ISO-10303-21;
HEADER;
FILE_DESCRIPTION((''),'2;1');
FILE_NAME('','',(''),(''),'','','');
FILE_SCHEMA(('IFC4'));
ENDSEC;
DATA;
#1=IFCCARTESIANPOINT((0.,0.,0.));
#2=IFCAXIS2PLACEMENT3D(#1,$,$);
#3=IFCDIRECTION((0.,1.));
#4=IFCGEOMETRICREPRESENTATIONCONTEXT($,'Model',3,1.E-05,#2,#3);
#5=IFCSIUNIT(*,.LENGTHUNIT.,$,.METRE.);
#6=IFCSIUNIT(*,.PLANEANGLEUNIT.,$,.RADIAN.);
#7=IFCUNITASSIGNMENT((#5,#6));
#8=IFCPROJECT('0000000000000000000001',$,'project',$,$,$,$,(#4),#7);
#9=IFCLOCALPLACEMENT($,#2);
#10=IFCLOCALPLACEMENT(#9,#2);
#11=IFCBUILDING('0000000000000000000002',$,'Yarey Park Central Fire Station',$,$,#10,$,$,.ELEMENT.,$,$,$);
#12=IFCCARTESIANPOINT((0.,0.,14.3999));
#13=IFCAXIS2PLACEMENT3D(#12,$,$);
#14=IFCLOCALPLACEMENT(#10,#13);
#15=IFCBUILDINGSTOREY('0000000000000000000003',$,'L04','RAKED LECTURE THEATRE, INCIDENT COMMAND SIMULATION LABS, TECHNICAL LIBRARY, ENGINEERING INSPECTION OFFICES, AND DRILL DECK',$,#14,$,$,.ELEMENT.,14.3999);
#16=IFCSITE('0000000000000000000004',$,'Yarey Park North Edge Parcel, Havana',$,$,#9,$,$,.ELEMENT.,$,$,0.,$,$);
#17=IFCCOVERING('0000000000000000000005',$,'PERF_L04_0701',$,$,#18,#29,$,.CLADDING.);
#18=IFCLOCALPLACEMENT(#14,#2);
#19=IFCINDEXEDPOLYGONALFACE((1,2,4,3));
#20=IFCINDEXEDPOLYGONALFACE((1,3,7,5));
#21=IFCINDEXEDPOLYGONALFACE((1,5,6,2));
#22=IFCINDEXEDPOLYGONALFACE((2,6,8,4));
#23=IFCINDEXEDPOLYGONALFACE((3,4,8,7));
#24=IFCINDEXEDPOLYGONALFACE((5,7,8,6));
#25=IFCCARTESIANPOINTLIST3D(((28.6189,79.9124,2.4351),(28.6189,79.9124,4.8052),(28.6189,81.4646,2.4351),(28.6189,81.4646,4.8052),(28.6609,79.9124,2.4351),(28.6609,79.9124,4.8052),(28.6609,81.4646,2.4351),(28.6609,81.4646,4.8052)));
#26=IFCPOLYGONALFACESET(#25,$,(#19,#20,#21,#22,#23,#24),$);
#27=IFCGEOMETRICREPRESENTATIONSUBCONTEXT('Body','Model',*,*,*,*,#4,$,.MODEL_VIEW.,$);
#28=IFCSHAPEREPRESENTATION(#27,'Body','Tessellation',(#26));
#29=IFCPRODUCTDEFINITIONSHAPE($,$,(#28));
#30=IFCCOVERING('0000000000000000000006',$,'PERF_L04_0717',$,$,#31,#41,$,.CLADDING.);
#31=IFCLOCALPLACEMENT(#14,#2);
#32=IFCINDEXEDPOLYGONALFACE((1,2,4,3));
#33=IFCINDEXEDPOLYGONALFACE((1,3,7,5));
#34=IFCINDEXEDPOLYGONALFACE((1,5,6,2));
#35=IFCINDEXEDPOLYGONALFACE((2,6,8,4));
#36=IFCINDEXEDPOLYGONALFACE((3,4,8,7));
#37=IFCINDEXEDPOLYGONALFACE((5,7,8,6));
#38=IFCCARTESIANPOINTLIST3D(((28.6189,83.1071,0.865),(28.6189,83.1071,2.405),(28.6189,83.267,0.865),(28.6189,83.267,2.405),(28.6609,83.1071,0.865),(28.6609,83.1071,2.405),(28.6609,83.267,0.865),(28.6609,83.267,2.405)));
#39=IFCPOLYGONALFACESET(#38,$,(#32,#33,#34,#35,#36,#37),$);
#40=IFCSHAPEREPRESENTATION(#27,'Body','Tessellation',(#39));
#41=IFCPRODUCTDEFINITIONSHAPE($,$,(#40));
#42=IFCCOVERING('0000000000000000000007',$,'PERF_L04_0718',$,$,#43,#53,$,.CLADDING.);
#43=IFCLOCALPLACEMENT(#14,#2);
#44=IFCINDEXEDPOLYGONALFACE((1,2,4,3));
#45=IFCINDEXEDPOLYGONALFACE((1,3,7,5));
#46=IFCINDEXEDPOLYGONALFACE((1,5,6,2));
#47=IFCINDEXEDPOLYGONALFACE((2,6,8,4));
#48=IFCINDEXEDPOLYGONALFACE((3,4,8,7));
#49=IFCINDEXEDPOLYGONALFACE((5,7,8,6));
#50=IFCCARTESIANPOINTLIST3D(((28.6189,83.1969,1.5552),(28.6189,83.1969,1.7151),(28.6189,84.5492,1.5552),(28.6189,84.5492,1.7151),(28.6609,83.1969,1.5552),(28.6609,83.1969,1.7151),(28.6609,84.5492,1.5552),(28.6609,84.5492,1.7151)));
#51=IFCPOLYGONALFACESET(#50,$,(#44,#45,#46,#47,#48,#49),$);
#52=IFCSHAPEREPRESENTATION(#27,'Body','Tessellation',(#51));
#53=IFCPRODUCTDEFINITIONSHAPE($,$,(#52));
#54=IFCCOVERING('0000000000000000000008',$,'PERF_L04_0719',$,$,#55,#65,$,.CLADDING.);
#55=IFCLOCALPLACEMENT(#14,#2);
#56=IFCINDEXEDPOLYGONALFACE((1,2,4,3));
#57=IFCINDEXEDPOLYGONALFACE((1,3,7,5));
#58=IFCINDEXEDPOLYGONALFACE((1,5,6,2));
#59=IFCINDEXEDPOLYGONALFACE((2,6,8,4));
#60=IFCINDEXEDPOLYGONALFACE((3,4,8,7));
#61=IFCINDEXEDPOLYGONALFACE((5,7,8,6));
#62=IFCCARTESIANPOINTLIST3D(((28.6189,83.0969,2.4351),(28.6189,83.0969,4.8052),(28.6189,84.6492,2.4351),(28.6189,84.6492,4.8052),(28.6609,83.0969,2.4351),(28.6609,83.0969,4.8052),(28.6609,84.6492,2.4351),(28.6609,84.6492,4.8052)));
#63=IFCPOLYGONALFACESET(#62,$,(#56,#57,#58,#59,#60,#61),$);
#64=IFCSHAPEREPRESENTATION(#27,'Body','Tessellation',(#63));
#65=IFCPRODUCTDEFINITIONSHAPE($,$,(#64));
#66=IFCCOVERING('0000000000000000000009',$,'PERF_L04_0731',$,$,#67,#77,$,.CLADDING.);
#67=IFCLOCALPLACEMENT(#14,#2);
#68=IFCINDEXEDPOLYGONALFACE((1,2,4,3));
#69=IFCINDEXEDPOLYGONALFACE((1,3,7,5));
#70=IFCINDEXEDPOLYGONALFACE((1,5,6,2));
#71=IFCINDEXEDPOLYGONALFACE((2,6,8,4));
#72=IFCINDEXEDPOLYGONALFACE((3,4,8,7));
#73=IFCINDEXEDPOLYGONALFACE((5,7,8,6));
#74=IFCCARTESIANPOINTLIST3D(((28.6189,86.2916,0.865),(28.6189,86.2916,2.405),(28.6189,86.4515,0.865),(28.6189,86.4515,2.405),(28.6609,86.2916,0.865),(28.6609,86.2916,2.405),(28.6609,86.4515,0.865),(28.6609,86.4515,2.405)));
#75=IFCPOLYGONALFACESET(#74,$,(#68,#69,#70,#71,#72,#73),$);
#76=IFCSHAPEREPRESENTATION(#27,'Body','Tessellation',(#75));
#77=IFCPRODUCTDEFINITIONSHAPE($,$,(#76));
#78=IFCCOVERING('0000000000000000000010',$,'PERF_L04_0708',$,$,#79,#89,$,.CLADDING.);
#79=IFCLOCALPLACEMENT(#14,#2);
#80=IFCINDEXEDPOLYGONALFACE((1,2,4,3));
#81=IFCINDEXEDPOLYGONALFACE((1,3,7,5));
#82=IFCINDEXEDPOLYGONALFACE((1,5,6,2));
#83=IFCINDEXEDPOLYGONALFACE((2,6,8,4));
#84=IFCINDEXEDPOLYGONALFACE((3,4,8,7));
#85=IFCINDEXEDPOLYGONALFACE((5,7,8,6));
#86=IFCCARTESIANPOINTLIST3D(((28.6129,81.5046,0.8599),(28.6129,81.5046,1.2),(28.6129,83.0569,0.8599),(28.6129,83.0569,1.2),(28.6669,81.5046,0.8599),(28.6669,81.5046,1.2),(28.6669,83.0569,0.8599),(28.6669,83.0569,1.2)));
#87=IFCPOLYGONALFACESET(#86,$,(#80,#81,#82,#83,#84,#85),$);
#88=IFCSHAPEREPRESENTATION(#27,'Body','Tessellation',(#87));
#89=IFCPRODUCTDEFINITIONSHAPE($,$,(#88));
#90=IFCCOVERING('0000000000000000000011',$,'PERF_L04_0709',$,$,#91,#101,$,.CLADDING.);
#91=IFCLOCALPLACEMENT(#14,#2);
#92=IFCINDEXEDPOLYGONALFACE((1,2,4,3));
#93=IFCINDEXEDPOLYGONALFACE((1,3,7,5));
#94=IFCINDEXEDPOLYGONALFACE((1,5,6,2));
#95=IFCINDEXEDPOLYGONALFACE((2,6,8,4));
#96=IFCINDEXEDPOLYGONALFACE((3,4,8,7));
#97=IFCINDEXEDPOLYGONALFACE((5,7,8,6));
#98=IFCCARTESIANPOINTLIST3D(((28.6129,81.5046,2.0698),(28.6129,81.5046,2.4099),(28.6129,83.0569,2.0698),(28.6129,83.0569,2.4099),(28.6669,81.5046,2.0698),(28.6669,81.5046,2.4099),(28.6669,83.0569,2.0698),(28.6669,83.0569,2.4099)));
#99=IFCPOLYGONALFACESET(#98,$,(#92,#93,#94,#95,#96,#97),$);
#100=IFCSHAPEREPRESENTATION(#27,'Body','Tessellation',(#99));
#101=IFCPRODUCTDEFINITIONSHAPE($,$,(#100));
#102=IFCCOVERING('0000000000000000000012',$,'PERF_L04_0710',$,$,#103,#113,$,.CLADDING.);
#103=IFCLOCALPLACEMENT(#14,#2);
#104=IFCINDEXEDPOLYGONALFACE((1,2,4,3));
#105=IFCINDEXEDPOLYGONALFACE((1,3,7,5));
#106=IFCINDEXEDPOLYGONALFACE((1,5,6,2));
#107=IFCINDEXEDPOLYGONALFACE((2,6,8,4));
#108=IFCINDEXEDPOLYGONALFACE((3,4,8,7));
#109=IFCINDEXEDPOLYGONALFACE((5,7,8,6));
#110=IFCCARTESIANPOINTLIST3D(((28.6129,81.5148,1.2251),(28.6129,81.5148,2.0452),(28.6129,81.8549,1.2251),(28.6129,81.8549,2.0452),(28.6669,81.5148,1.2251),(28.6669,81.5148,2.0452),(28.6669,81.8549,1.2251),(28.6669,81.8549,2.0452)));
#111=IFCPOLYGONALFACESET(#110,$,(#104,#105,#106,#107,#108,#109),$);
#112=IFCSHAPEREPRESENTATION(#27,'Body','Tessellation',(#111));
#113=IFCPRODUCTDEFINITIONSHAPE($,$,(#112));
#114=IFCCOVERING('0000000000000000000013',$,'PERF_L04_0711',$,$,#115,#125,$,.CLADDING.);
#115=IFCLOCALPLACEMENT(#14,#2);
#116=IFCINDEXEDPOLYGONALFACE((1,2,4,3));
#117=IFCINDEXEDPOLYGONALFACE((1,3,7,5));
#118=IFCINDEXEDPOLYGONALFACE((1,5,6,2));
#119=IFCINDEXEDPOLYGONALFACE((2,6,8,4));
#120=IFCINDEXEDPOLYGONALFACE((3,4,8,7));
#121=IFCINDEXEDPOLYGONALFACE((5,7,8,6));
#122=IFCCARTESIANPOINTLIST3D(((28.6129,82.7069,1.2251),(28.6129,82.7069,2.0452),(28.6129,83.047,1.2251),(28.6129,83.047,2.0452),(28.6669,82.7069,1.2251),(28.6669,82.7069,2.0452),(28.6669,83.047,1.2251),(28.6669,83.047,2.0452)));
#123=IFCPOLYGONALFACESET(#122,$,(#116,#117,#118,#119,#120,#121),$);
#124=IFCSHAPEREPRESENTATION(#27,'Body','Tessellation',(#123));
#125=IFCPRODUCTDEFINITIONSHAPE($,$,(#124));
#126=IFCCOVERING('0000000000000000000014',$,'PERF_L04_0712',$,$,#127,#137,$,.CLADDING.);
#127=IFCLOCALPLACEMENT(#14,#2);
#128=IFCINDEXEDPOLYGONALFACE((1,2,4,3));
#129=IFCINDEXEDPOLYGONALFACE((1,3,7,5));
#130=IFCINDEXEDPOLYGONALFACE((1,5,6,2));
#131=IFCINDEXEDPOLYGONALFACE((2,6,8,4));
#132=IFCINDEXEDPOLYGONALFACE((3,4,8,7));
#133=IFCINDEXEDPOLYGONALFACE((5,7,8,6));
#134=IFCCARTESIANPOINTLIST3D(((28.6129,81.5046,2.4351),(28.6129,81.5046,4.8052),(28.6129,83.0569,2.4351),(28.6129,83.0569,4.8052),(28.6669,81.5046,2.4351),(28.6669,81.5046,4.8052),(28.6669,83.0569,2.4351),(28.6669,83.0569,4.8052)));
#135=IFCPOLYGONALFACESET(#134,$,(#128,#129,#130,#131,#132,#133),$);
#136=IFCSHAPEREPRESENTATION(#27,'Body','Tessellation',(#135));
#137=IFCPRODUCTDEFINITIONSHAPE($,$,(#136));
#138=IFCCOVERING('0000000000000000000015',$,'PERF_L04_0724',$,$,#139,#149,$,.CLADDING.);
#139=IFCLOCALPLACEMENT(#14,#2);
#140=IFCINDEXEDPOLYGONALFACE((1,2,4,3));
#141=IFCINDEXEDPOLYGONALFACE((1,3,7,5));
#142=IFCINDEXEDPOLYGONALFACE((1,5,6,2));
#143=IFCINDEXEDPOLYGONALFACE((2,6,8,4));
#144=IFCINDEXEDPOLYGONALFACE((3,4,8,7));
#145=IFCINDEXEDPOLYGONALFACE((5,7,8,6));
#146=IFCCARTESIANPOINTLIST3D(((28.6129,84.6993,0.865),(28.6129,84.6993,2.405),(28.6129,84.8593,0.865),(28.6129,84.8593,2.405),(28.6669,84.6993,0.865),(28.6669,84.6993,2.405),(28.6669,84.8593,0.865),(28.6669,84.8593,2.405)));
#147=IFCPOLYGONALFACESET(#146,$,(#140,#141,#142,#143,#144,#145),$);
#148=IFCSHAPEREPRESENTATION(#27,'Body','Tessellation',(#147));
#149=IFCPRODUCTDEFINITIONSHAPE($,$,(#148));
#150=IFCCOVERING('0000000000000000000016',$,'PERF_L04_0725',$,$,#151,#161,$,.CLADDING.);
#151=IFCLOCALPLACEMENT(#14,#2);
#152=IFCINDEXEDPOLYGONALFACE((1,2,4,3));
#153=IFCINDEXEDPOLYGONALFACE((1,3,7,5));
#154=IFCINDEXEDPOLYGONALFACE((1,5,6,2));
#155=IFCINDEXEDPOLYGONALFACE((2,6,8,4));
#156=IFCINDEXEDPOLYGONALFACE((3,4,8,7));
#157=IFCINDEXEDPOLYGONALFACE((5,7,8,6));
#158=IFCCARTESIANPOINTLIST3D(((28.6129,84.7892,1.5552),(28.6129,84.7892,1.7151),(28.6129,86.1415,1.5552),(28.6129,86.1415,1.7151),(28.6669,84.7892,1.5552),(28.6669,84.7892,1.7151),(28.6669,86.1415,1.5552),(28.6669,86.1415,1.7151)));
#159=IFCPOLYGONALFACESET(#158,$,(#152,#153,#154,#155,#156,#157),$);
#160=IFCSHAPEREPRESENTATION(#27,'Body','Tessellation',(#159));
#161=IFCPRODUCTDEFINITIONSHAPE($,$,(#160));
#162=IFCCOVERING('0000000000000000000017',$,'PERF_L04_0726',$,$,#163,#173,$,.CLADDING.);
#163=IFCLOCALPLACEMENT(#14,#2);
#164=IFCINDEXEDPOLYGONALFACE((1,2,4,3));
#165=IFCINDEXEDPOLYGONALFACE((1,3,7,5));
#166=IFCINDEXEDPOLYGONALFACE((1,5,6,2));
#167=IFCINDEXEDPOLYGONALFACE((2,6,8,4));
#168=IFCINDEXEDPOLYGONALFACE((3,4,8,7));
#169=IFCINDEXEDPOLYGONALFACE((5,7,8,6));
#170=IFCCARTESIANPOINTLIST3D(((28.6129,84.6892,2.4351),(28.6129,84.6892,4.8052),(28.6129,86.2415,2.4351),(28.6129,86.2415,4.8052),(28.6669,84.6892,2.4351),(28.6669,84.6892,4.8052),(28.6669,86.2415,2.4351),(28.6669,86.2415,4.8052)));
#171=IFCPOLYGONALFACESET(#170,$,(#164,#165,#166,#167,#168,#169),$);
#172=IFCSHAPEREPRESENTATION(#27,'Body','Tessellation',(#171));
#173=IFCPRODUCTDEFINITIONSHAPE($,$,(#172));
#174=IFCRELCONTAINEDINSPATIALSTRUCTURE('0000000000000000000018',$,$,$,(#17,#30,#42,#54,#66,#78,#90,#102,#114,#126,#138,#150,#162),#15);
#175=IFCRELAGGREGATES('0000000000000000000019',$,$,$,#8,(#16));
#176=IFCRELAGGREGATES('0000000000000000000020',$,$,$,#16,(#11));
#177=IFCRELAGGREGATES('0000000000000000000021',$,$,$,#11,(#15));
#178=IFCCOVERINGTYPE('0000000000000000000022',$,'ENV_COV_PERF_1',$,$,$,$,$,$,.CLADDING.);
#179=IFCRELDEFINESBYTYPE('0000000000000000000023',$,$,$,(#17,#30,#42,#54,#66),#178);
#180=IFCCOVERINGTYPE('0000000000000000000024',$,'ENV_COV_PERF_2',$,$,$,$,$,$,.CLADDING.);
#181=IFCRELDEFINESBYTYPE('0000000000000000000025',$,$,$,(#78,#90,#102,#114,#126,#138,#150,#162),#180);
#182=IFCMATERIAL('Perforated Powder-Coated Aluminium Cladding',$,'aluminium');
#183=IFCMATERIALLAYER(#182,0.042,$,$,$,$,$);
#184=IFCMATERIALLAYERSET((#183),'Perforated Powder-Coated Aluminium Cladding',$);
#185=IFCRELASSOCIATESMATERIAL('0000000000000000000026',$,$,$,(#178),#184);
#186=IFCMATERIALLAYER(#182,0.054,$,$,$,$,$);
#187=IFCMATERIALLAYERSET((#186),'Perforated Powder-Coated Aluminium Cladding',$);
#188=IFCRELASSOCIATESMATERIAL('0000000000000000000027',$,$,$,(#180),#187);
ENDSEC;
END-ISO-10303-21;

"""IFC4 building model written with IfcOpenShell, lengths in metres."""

from ifc_helpers import new_model, si_unit, direction, frame, origin, origin_2d, place, context, subcontext, project, spatial, rectangle, extrude, material, layer, layer_set, type_object, element, save


model = new_model("IFC4")

# Units and contexts
model_context = context("Model", 3, precision=1e-05, world=origin(), true_north=direction((0.0, 1.0)))
body_context = subcontext(model_context, "Body", "Model", "MODEL_VIEW")
ifc_project = project(units=[si_unit("LENGTHUNIT", "METRE"), si_unit("PLANEANGLEUNIT", "RADIAN")], contexts=[model_context])

# Site, building, storey
site_placement = place(None, origin())
site = spatial("IfcSite", under=ifc_project, at=site_placement, Name="Yarey Park North Edge Parcel, Havana", CompositionType="ELEMENT", RefElevation=0.0)
building_placement = place(site_placement, origin())
building = spatial("IfcBuilding", under=site, at=building_placement, Name="Yarey Park Central Fire Station", CompositionType="ELEMENT")
storey_placement = place(building_placement, frame((0.0, 0.0, 14.3999)))
storey = spatial("IfcBuildingStorey", under=building, at=storey_placement, Name="L04", Description="RAKED LECTURE THEATRE, INCIDENT COMMAND SIMULATION LABS, TECHNICAL LIBRARY, ENGINEERING INSPECTION OFFICES, AND DRILL DECK", CompositionType="ELEMENT", Elevation=14.3999)

# Coverings
ifc_material_1 = material(Name="Perforated Powder-Coated Aluminium Cladding", Category="aluminium")
ifc_layer_1 = layer(ifc_material_1, 0.042)
ifc_layer_set_1 = layer_set([ifc_layer_1], Name="Perforated Powder-Coated Aluminium Cladding")
covering_type_1 = type_object("IfcCoveringType", Name="ENV_COV_PERF_1", PredefinedType="CLADDING", material=ifc_layer_set_1)
covering_1_placement = place(storey_placement, frame((28.6399, 80.6885, 2.4351), z_axis=(0.0, 0.0, 1.0), x_axis=(0.0, 1.0, 0.0)))
element("IfcCovering", 1, at=covering_1_placement, inside=storey, type_object=covering_type_1, Name="PERF_L04_0701", PredefinedType="CLADDING", context=body_context, shape_type="SweptSolid", body=[
    extrude(rectangle(XDim=1.5522, YDim=0.042, at=origin_2d()), origin(), (0.0, 0.0, 1.0), 2.3701),
])
covering_2_placement = place(storey_placement, frame((28.6399, 83.187, 0.865), z_axis=(0.0, 0.0, 1.0), x_axis=(0.0, 1.0, 0.0)))
element("IfcCovering", 2, at=covering_2_placement, inside=storey, type_object=covering_type_1, Name="PERF_L04_0717", PredefinedType="CLADDING", context=body_context, shape_type="SweptSolid", body=[
    extrude(rectangle(XDim=0.1599, YDim=0.042, at=origin_2d()), origin(), (0.0, 0.0, 1.0), 1.54),
])
covering_3_placement = place(storey_placement, frame((28.6399, 83.873, 1.5552), z_axis=(0.0, 0.0, 1.0), x_axis=(0.0, 1.0, 0.0)))
element("IfcCovering", 3, at=covering_3_placement, inside=storey, type_object=covering_type_1, Name="PERF_L04_0718", PredefinedType="CLADDING", context=body_context, shape_type="SweptSolid", body=[
    extrude(rectangle(XDim=1.3523, YDim=0.042, at=origin_2d()), origin(), (0.0, 0.0, 1.0), 0.1599),
])
covering_4_placement = place(storey_placement, frame((28.6399, 83.873, 2.4351), z_axis=(0.0, 0.0, 1.0), x_axis=(0.0, 1.0, 0.0)))
element("IfcCovering", 4, at=covering_4_placement, inside=storey, type_object=covering_type_1, Name="PERF_L04_0719", PredefinedType="CLADDING", context=body_context, shape_type="SweptSolid", body=[
    extrude(rectangle(XDim=1.5522, YDim=0.042, at=origin_2d()), origin(), (0.0, 0.0, 1.0), 2.3701),
])
covering_5_placement = place(storey_placement, frame((28.6399, 86.3716, 0.865), z_axis=(0.0, 0.0, 1.0), x_axis=(0.0, 1.0, 0.0)))
element("IfcCovering", 5, at=covering_5_placement, inside=storey, type_object=covering_type_1, Name="PERF_L04_0731", PredefinedType="CLADDING", context=body_context, shape_type="SweptSolid", body=[
    extrude(rectangle(XDim=0.1599, YDim=0.042, at=origin_2d()), origin(), (0.0, 0.0, 1.0), 1.54),
])
ifc_layer_2 = layer(ifc_material_1, 0.054)
ifc_layer_set_2 = layer_set([ifc_layer_2], Name="Perforated Powder-Coated Aluminium Cladding")
covering_type_2 = type_object("IfcCoveringType", Name="ENV_COV_PERF_2", PredefinedType="CLADDING", material=ifc_layer_set_2)
for number, where, z_axis, x_axis, name in (
    (6, (28.6399, 82.2808, 0.8599), (0.0, 0.0, 1.0), (0.0, 1.0, 0.0), "PERF_L04_0708"),
    (7, (28.6399, 82.2808, 2.0698), (0.0, 0.0, 1.0), (0.0, 1.0, 0.0), "PERF_L04_0709"),
):
    element("IfcCovering", number, at=place(storey_placement, frame(where, z_axis=z_axis, x_axis=x_axis)), inside=storey, type_object=covering_type_2, Name=name, PredefinedType="CLADDING", context=body_context, shape_type="SweptSolid", body=[
        extrude(rectangle(XDim=1.5522, YDim=0.054, at=origin_2d()), origin(), (0.0, 0.0, 1.0), 0.3401),
    ])
for number, where, z_axis, x_axis, name in (
    (8, (28.6399, 81.6848, 1.2251), (0.0, 0.0, 1.0), (0.0, 1.0, 0.0), "PERF_L04_0710"),
    (9, (28.6399, 82.877, 1.2251), (0.0, 0.0, 1.0), (0.0, 1.0, 0.0), "PERF_L04_0711"),
):
    element("IfcCovering", number, at=place(storey_placement, frame(where, z_axis=z_axis, x_axis=x_axis)), inside=storey, type_object=covering_type_2, Name=name, PredefinedType="CLADDING", context=body_context, shape_type="SweptSolid", body=[
        extrude(rectangle(XDim=0.3401, YDim=0.054, at=origin_2d()), origin(), (0.0, 0.0, 1.0), 0.8201),
    ])
covering_6_placement = place(storey_placement, frame((28.6399, 82.2808, 2.4351), z_axis=(0.0, 0.0, 1.0), x_axis=(0.0, 1.0, 0.0)))
element("IfcCovering", 10, at=covering_6_placement, inside=storey, type_object=covering_type_2, Name="PERF_L04_0712", PredefinedType="CLADDING", context=body_context, shape_type="SweptSolid", body=[
    extrude(rectangle(XDim=1.5522, YDim=0.054, at=origin_2d()), origin(), (0.0, 0.0, 1.0), 2.3701),
])
covering_7_placement = place(storey_placement, frame((28.6399, 84.7793, 0.865), z_axis=(0.0, 0.0, 1.0), x_axis=(0.0, 1.0, 0.0)))
element("IfcCovering", 11, at=covering_7_placement, inside=storey, type_object=covering_type_2, Name="PERF_L04_0724", PredefinedType="CLADDING", context=body_context, shape_type="SweptSolid", body=[
    extrude(rectangle(XDim=0.1599, YDim=0.054, at=origin_2d()), origin(), (0.0, 0.0, 1.0), 1.54),
])
covering_8_placement = place(storey_placement, frame((28.6399, 85.4653, 1.5552), z_axis=(0.0, 0.0, 1.0), x_axis=(0.0, 1.0, 0.0)))
element("IfcCovering", 12, at=covering_8_placement, inside=storey, type_object=covering_type_2, Name="PERF_L04_0725", PredefinedType="CLADDING", context=body_context, shape_type="SweptSolid", body=[
    extrude(rectangle(XDim=1.3523, YDim=0.054, at=origin_2d()), origin(), (0.0, 0.0, 1.0), 0.1599),
])
covering_9_placement = place(storey_placement, frame((28.6399, 85.4653, 2.4351), z_axis=(0.0, 0.0, 1.0), x_axis=(0.0, 1.0, 0.0)))
element("IfcCovering", 13, at=covering_9_placement, inside=storey, type_object=covering_type_2, Name="PERF_L04_0726", PredefinedType="CLADDING", context=body_context, shape_type="SweptSolid", body=[
    extrude(rectangle(XDim=1.5522, YDim=0.054, at=origin_2d()), origin(), (0.0, 0.0, 1.0), 2.3701),
])

save(model, "model.ifc")
